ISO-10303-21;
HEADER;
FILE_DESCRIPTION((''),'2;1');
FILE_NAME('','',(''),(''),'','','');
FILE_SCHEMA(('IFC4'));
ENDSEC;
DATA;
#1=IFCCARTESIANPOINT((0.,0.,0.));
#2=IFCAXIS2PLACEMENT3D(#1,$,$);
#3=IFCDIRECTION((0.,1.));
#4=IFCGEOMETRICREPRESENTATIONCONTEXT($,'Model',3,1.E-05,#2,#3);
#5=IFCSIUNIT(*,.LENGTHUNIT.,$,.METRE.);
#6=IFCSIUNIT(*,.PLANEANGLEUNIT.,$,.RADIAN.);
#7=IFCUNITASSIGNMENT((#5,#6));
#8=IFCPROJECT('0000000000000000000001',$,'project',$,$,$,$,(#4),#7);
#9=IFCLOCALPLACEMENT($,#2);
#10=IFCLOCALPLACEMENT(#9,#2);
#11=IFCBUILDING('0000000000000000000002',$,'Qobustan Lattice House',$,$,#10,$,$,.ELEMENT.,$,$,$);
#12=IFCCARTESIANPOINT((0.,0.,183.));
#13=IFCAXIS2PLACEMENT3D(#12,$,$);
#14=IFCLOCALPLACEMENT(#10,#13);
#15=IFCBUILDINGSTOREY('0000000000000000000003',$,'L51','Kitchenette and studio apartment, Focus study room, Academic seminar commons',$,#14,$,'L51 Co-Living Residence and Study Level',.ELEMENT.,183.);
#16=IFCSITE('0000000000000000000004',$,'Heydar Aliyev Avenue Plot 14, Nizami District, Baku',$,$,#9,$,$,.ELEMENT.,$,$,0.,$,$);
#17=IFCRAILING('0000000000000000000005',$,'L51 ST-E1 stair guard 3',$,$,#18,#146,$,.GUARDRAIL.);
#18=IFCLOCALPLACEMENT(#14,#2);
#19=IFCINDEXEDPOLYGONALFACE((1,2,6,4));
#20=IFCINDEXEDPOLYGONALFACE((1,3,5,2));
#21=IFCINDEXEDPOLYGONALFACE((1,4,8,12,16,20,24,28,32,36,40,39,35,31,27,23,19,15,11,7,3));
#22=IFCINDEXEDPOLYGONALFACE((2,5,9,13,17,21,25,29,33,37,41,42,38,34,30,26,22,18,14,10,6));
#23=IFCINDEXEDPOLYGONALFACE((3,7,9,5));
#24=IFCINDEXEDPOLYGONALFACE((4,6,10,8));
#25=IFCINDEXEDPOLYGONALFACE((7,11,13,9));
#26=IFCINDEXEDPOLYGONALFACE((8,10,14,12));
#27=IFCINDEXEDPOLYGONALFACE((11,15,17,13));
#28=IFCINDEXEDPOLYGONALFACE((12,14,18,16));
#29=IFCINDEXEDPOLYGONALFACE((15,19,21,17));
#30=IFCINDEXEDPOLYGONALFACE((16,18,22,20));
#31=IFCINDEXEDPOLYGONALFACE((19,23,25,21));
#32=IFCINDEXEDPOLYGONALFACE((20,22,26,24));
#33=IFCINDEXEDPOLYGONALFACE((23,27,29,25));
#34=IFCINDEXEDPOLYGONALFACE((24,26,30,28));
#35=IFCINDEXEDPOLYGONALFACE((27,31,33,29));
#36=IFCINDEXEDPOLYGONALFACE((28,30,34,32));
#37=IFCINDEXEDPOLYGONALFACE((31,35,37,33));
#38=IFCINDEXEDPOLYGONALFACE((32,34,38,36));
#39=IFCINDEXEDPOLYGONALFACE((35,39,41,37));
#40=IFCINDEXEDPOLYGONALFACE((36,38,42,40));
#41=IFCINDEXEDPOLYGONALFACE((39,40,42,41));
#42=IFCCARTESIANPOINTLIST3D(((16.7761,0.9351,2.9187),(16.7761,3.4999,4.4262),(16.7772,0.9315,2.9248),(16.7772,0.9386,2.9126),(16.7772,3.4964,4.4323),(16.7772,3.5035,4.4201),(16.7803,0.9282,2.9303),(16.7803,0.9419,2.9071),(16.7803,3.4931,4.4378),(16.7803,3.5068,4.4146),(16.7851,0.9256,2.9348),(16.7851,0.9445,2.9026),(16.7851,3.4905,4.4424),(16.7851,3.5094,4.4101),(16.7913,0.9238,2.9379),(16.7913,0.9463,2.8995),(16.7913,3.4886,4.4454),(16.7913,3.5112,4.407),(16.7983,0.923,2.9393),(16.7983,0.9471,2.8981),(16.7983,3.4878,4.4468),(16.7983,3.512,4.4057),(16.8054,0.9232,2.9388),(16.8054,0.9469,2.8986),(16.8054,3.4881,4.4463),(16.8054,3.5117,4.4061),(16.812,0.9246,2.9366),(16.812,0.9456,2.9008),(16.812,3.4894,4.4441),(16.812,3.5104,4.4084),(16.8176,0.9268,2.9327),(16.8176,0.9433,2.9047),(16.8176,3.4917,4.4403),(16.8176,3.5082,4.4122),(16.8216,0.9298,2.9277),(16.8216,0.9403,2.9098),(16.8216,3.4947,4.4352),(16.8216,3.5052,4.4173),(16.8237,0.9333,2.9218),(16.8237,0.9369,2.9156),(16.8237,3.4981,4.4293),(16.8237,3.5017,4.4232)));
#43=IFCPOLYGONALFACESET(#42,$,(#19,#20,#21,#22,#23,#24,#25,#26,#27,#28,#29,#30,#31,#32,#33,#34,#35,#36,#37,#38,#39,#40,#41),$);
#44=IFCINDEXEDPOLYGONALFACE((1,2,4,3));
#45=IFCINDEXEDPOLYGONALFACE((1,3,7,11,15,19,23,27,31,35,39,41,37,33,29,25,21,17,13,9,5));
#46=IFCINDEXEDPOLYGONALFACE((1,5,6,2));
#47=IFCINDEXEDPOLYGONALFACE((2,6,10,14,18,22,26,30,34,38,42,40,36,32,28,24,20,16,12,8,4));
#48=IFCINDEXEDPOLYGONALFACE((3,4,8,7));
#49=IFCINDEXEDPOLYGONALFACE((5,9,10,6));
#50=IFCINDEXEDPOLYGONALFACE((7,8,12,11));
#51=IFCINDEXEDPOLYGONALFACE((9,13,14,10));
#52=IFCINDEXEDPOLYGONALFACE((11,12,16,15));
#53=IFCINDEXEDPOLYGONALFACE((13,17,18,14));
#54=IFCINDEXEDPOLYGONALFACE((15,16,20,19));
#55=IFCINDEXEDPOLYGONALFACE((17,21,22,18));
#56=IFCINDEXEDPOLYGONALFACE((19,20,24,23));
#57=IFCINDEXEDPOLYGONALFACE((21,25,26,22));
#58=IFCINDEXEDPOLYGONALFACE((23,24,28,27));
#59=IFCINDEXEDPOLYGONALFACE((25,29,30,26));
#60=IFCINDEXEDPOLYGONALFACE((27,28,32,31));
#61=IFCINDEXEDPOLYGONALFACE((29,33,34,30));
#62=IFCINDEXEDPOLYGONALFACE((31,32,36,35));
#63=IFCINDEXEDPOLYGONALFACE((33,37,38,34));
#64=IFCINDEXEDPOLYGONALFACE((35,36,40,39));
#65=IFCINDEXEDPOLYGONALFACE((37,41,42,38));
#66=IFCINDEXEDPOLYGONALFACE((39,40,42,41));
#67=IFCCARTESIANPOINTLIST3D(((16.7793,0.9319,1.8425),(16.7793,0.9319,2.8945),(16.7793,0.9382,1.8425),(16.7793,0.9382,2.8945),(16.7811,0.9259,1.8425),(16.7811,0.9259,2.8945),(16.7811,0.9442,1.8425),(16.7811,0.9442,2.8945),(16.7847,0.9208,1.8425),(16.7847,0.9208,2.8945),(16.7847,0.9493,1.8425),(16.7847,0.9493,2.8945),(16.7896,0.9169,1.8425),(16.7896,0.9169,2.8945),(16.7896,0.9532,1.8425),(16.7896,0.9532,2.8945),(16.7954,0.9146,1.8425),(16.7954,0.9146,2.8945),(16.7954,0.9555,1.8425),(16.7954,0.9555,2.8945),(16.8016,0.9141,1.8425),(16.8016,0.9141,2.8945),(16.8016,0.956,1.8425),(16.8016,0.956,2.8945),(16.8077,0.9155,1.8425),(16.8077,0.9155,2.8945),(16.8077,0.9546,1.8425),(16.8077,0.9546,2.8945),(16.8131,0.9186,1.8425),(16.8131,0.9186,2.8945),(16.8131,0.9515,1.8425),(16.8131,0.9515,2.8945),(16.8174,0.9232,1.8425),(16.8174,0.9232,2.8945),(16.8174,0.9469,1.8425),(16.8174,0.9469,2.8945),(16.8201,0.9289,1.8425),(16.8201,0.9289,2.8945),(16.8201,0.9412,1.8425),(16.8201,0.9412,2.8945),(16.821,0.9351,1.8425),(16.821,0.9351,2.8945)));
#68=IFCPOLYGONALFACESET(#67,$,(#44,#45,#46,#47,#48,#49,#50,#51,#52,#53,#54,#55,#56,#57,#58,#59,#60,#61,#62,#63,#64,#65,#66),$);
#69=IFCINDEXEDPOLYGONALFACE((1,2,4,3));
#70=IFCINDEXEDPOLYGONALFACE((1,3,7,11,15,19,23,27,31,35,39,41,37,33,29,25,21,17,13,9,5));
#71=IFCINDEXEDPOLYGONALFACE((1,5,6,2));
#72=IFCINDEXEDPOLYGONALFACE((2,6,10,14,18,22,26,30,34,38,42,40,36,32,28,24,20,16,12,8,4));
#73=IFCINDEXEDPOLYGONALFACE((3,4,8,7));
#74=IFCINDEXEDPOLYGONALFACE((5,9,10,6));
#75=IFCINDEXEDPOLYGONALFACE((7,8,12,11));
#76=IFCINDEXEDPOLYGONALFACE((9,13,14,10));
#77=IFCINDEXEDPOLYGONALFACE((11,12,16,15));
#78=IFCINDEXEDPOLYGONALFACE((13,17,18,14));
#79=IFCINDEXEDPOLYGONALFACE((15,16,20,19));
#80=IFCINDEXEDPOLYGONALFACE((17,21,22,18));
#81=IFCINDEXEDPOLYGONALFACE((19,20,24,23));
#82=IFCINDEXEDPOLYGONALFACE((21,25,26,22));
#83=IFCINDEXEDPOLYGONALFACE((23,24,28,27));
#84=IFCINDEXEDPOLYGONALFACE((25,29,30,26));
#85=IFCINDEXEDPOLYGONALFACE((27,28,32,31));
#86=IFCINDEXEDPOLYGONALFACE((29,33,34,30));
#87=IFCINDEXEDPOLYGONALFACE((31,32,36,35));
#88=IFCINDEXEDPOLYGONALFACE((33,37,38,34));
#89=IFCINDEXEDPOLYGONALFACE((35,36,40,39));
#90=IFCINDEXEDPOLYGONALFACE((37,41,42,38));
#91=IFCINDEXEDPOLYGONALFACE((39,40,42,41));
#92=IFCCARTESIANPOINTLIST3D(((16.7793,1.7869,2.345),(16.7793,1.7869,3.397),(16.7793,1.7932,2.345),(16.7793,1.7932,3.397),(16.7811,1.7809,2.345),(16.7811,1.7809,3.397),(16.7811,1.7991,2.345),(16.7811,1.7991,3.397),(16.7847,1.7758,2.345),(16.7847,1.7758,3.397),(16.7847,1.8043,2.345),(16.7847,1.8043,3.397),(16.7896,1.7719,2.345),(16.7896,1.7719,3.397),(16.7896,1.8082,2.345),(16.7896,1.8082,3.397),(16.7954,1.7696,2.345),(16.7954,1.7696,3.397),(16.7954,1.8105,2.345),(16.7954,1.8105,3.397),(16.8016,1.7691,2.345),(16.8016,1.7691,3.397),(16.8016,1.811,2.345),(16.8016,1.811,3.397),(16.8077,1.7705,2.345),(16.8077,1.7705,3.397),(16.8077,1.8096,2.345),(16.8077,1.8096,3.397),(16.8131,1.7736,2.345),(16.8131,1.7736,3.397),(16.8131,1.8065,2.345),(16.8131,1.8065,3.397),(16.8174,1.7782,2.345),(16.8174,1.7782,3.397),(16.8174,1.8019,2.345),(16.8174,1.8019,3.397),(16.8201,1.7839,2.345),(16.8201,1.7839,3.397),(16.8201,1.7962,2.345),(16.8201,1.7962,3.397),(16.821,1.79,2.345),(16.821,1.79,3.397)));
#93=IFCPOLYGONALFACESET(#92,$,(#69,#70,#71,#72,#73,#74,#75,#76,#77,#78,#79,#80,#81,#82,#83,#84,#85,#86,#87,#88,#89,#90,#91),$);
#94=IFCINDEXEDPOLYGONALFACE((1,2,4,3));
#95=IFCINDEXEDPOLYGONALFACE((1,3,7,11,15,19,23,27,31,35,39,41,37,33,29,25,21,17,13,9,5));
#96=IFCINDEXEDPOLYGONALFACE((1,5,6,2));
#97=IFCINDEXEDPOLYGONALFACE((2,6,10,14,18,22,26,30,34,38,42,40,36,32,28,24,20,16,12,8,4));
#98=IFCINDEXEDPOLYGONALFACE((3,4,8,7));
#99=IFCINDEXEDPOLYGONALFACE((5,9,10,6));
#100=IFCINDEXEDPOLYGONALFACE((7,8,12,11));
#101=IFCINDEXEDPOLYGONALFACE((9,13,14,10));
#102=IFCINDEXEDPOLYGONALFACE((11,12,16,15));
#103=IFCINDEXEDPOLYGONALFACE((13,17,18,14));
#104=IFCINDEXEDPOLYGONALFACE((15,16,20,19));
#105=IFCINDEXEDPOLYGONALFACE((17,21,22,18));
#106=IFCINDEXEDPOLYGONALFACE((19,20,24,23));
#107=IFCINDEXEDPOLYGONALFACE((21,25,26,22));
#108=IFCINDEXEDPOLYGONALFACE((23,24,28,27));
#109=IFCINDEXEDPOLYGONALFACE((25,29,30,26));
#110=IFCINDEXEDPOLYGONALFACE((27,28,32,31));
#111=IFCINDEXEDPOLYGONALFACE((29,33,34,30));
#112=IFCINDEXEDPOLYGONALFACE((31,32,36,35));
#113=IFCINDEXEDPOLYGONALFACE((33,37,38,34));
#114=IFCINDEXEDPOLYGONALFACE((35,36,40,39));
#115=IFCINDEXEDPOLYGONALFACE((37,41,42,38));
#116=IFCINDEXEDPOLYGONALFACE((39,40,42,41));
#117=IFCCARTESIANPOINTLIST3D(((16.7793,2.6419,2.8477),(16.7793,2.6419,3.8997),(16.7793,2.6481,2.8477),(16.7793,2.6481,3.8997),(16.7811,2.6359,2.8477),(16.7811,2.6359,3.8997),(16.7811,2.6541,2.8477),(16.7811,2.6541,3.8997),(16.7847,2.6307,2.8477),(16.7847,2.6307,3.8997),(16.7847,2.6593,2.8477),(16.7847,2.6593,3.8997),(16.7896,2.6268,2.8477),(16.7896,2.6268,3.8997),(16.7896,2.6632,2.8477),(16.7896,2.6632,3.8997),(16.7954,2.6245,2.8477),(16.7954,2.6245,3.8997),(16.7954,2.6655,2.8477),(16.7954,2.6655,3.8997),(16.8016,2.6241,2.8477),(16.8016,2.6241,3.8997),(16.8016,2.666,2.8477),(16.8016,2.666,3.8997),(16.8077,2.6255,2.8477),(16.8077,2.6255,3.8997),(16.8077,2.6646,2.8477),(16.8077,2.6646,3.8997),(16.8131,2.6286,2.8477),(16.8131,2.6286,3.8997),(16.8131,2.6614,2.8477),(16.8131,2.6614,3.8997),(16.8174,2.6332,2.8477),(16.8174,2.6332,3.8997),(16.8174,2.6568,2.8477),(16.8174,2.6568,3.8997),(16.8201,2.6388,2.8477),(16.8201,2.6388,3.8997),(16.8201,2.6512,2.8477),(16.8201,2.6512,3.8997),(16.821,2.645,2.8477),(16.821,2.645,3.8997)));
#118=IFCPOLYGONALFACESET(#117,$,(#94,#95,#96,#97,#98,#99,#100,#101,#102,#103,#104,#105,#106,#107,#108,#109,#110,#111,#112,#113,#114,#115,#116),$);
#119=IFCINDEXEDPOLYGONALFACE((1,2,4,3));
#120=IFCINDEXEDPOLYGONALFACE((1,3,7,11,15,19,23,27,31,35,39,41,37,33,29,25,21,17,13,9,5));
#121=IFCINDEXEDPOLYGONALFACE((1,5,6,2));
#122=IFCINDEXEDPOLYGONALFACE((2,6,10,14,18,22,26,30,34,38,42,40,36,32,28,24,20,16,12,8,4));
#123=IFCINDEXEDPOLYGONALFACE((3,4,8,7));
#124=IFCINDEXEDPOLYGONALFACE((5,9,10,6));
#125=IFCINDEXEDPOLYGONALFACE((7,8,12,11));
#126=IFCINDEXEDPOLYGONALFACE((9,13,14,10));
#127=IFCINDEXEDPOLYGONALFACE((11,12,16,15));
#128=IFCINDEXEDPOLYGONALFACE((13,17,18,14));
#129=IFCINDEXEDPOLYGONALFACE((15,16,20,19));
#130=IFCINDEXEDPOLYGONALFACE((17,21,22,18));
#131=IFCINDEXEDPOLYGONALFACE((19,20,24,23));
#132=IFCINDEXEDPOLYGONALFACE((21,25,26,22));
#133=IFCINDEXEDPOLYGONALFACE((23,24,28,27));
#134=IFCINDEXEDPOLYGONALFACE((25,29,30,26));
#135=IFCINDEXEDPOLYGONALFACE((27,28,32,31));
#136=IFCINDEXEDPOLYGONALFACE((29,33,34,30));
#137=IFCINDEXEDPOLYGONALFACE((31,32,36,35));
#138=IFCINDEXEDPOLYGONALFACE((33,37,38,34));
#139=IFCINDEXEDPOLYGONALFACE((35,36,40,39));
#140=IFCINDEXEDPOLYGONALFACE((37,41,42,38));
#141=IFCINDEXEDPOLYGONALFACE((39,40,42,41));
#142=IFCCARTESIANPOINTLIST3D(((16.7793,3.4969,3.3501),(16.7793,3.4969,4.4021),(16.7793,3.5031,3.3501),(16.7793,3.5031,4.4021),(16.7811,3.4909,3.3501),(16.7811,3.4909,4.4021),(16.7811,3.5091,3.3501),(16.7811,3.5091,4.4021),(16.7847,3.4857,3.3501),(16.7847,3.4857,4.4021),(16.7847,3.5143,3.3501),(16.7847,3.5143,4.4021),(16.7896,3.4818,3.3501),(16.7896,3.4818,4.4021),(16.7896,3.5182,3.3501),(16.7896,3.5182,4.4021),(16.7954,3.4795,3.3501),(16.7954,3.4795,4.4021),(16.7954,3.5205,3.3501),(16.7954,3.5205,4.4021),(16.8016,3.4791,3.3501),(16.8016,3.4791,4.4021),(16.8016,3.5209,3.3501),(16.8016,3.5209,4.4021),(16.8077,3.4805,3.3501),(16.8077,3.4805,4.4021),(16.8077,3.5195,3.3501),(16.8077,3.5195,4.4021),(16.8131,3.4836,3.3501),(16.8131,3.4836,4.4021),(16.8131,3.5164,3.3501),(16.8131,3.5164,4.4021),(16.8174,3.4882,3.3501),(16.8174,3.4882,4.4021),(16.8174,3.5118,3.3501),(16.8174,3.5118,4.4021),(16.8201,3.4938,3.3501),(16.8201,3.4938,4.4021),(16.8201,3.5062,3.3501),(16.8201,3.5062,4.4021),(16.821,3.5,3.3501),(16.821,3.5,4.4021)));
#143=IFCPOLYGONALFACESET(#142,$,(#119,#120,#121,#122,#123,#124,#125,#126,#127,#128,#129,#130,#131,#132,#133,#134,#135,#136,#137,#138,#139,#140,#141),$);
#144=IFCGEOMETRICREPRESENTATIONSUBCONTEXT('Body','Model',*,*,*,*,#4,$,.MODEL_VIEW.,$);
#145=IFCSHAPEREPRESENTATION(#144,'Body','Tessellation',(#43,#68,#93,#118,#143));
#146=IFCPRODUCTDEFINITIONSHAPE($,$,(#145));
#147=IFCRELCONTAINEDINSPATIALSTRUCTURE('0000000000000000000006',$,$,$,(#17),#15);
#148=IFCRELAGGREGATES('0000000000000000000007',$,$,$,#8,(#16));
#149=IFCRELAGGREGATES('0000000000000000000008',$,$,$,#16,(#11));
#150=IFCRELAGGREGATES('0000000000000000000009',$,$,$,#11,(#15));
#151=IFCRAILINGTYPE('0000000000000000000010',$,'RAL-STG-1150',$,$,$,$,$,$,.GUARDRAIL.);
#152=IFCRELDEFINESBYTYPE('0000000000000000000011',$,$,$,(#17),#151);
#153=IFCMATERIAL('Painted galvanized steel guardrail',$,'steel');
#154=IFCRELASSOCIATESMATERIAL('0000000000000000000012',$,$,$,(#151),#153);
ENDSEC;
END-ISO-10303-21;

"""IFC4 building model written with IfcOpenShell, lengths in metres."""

from ifc_helpers import new_model, si_unit, direction, frame, origin, origin_2d, place, context, subcontext, project, spatial, circle, extrude, material, type_object, element, save


model = new_model("IFC4")

# Units and contexts
model_context = context("Model", 3, precision=1e-05, world=origin(), true_north=direction((0.0, 1.0)))
body_context = subcontext(model_context, "Body", "Model", "MODEL_VIEW")
ifc_project = project(units=[si_unit("LENGTHUNIT", "METRE"), si_unit("PLANEANGLEUNIT", "RADIAN")], contexts=[model_context])

# Site, building, storey
site_placement = place(None, origin())
site = spatial("IfcSite", under=ifc_project, at=site_placement, Name="Heydar Aliyev Avenue Plot 14, Nizami District, Baku", CompositionType="ELEMENT", RefElevation=0.0)
building_placement = place(site_placement, origin())
building = spatial("IfcBuilding", under=site, at=building_placement, Name="Qobustan Lattice House", CompositionType="ELEMENT")
storey_placement = place(building_placement, frame((0.0, 0.0, 183.0)))
storey = spatial("IfcBuildingStorey", under=building, at=storey_placement, Name="L51", Description="Kitchenette and studio apartment, Focus study room, Academic seminar commons", LongName="L51 Co-Living Residence and Study Level", CompositionType="ELEMENT", Elevation=183.0)

# Railing
ifc_material_1 = material(Name="Painted galvanized steel guardrail", Category="steel")
railing_type_1 = type_object("IfcRailingType", Name="RAL-STG-1150", PredefinedType="GUARDRAIL", material=ifc_material_1)
railing_1_placement = place(storey_placement, frame((16.8, 0.9351, 1.8425)))
element("IfcRailing", 1, at=railing_1_placement, inside=storey, type_object=railing_type_1, Name="L51 ST-E1 stair guard 3", PredefinedType="GUARDRAIL", context=body_context, shape_type="SweptSolid", body=[
    extrude(circle(Radius=0.0239, at=origin_2d()), frame((0.0, 0.0, 1.0762), z_axis=(0.0, 0.862113, 0.506715), x_axis=(-1.0, 0.0, 0.0)), (0.0, 0.0, 1.0), 2.9751),
    extrude(circle(Radius=0.021, at=origin_2d()), origin(), (0.0, 0.0, 1.0), 1.052),
    extrude(circle(Radius=0.021, at=origin_2d()), frame((0.0, 0.855, 0.5024)), (0.0, 0.0, 1.0), 1.052),
    extrude(circle(Radius=0.021, at=origin_2d()), frame((0.0, 1.71, 1.0051)), (0.0, 0.0, 1.0), 1.052),
    extrude(circle(Radius=0.021, at=origin_2d()), frame((0.0, 2.5649, 1.5076)), (0.0, 0.0, 1.0), 1.052),
])

save(model, "model.ifc")
